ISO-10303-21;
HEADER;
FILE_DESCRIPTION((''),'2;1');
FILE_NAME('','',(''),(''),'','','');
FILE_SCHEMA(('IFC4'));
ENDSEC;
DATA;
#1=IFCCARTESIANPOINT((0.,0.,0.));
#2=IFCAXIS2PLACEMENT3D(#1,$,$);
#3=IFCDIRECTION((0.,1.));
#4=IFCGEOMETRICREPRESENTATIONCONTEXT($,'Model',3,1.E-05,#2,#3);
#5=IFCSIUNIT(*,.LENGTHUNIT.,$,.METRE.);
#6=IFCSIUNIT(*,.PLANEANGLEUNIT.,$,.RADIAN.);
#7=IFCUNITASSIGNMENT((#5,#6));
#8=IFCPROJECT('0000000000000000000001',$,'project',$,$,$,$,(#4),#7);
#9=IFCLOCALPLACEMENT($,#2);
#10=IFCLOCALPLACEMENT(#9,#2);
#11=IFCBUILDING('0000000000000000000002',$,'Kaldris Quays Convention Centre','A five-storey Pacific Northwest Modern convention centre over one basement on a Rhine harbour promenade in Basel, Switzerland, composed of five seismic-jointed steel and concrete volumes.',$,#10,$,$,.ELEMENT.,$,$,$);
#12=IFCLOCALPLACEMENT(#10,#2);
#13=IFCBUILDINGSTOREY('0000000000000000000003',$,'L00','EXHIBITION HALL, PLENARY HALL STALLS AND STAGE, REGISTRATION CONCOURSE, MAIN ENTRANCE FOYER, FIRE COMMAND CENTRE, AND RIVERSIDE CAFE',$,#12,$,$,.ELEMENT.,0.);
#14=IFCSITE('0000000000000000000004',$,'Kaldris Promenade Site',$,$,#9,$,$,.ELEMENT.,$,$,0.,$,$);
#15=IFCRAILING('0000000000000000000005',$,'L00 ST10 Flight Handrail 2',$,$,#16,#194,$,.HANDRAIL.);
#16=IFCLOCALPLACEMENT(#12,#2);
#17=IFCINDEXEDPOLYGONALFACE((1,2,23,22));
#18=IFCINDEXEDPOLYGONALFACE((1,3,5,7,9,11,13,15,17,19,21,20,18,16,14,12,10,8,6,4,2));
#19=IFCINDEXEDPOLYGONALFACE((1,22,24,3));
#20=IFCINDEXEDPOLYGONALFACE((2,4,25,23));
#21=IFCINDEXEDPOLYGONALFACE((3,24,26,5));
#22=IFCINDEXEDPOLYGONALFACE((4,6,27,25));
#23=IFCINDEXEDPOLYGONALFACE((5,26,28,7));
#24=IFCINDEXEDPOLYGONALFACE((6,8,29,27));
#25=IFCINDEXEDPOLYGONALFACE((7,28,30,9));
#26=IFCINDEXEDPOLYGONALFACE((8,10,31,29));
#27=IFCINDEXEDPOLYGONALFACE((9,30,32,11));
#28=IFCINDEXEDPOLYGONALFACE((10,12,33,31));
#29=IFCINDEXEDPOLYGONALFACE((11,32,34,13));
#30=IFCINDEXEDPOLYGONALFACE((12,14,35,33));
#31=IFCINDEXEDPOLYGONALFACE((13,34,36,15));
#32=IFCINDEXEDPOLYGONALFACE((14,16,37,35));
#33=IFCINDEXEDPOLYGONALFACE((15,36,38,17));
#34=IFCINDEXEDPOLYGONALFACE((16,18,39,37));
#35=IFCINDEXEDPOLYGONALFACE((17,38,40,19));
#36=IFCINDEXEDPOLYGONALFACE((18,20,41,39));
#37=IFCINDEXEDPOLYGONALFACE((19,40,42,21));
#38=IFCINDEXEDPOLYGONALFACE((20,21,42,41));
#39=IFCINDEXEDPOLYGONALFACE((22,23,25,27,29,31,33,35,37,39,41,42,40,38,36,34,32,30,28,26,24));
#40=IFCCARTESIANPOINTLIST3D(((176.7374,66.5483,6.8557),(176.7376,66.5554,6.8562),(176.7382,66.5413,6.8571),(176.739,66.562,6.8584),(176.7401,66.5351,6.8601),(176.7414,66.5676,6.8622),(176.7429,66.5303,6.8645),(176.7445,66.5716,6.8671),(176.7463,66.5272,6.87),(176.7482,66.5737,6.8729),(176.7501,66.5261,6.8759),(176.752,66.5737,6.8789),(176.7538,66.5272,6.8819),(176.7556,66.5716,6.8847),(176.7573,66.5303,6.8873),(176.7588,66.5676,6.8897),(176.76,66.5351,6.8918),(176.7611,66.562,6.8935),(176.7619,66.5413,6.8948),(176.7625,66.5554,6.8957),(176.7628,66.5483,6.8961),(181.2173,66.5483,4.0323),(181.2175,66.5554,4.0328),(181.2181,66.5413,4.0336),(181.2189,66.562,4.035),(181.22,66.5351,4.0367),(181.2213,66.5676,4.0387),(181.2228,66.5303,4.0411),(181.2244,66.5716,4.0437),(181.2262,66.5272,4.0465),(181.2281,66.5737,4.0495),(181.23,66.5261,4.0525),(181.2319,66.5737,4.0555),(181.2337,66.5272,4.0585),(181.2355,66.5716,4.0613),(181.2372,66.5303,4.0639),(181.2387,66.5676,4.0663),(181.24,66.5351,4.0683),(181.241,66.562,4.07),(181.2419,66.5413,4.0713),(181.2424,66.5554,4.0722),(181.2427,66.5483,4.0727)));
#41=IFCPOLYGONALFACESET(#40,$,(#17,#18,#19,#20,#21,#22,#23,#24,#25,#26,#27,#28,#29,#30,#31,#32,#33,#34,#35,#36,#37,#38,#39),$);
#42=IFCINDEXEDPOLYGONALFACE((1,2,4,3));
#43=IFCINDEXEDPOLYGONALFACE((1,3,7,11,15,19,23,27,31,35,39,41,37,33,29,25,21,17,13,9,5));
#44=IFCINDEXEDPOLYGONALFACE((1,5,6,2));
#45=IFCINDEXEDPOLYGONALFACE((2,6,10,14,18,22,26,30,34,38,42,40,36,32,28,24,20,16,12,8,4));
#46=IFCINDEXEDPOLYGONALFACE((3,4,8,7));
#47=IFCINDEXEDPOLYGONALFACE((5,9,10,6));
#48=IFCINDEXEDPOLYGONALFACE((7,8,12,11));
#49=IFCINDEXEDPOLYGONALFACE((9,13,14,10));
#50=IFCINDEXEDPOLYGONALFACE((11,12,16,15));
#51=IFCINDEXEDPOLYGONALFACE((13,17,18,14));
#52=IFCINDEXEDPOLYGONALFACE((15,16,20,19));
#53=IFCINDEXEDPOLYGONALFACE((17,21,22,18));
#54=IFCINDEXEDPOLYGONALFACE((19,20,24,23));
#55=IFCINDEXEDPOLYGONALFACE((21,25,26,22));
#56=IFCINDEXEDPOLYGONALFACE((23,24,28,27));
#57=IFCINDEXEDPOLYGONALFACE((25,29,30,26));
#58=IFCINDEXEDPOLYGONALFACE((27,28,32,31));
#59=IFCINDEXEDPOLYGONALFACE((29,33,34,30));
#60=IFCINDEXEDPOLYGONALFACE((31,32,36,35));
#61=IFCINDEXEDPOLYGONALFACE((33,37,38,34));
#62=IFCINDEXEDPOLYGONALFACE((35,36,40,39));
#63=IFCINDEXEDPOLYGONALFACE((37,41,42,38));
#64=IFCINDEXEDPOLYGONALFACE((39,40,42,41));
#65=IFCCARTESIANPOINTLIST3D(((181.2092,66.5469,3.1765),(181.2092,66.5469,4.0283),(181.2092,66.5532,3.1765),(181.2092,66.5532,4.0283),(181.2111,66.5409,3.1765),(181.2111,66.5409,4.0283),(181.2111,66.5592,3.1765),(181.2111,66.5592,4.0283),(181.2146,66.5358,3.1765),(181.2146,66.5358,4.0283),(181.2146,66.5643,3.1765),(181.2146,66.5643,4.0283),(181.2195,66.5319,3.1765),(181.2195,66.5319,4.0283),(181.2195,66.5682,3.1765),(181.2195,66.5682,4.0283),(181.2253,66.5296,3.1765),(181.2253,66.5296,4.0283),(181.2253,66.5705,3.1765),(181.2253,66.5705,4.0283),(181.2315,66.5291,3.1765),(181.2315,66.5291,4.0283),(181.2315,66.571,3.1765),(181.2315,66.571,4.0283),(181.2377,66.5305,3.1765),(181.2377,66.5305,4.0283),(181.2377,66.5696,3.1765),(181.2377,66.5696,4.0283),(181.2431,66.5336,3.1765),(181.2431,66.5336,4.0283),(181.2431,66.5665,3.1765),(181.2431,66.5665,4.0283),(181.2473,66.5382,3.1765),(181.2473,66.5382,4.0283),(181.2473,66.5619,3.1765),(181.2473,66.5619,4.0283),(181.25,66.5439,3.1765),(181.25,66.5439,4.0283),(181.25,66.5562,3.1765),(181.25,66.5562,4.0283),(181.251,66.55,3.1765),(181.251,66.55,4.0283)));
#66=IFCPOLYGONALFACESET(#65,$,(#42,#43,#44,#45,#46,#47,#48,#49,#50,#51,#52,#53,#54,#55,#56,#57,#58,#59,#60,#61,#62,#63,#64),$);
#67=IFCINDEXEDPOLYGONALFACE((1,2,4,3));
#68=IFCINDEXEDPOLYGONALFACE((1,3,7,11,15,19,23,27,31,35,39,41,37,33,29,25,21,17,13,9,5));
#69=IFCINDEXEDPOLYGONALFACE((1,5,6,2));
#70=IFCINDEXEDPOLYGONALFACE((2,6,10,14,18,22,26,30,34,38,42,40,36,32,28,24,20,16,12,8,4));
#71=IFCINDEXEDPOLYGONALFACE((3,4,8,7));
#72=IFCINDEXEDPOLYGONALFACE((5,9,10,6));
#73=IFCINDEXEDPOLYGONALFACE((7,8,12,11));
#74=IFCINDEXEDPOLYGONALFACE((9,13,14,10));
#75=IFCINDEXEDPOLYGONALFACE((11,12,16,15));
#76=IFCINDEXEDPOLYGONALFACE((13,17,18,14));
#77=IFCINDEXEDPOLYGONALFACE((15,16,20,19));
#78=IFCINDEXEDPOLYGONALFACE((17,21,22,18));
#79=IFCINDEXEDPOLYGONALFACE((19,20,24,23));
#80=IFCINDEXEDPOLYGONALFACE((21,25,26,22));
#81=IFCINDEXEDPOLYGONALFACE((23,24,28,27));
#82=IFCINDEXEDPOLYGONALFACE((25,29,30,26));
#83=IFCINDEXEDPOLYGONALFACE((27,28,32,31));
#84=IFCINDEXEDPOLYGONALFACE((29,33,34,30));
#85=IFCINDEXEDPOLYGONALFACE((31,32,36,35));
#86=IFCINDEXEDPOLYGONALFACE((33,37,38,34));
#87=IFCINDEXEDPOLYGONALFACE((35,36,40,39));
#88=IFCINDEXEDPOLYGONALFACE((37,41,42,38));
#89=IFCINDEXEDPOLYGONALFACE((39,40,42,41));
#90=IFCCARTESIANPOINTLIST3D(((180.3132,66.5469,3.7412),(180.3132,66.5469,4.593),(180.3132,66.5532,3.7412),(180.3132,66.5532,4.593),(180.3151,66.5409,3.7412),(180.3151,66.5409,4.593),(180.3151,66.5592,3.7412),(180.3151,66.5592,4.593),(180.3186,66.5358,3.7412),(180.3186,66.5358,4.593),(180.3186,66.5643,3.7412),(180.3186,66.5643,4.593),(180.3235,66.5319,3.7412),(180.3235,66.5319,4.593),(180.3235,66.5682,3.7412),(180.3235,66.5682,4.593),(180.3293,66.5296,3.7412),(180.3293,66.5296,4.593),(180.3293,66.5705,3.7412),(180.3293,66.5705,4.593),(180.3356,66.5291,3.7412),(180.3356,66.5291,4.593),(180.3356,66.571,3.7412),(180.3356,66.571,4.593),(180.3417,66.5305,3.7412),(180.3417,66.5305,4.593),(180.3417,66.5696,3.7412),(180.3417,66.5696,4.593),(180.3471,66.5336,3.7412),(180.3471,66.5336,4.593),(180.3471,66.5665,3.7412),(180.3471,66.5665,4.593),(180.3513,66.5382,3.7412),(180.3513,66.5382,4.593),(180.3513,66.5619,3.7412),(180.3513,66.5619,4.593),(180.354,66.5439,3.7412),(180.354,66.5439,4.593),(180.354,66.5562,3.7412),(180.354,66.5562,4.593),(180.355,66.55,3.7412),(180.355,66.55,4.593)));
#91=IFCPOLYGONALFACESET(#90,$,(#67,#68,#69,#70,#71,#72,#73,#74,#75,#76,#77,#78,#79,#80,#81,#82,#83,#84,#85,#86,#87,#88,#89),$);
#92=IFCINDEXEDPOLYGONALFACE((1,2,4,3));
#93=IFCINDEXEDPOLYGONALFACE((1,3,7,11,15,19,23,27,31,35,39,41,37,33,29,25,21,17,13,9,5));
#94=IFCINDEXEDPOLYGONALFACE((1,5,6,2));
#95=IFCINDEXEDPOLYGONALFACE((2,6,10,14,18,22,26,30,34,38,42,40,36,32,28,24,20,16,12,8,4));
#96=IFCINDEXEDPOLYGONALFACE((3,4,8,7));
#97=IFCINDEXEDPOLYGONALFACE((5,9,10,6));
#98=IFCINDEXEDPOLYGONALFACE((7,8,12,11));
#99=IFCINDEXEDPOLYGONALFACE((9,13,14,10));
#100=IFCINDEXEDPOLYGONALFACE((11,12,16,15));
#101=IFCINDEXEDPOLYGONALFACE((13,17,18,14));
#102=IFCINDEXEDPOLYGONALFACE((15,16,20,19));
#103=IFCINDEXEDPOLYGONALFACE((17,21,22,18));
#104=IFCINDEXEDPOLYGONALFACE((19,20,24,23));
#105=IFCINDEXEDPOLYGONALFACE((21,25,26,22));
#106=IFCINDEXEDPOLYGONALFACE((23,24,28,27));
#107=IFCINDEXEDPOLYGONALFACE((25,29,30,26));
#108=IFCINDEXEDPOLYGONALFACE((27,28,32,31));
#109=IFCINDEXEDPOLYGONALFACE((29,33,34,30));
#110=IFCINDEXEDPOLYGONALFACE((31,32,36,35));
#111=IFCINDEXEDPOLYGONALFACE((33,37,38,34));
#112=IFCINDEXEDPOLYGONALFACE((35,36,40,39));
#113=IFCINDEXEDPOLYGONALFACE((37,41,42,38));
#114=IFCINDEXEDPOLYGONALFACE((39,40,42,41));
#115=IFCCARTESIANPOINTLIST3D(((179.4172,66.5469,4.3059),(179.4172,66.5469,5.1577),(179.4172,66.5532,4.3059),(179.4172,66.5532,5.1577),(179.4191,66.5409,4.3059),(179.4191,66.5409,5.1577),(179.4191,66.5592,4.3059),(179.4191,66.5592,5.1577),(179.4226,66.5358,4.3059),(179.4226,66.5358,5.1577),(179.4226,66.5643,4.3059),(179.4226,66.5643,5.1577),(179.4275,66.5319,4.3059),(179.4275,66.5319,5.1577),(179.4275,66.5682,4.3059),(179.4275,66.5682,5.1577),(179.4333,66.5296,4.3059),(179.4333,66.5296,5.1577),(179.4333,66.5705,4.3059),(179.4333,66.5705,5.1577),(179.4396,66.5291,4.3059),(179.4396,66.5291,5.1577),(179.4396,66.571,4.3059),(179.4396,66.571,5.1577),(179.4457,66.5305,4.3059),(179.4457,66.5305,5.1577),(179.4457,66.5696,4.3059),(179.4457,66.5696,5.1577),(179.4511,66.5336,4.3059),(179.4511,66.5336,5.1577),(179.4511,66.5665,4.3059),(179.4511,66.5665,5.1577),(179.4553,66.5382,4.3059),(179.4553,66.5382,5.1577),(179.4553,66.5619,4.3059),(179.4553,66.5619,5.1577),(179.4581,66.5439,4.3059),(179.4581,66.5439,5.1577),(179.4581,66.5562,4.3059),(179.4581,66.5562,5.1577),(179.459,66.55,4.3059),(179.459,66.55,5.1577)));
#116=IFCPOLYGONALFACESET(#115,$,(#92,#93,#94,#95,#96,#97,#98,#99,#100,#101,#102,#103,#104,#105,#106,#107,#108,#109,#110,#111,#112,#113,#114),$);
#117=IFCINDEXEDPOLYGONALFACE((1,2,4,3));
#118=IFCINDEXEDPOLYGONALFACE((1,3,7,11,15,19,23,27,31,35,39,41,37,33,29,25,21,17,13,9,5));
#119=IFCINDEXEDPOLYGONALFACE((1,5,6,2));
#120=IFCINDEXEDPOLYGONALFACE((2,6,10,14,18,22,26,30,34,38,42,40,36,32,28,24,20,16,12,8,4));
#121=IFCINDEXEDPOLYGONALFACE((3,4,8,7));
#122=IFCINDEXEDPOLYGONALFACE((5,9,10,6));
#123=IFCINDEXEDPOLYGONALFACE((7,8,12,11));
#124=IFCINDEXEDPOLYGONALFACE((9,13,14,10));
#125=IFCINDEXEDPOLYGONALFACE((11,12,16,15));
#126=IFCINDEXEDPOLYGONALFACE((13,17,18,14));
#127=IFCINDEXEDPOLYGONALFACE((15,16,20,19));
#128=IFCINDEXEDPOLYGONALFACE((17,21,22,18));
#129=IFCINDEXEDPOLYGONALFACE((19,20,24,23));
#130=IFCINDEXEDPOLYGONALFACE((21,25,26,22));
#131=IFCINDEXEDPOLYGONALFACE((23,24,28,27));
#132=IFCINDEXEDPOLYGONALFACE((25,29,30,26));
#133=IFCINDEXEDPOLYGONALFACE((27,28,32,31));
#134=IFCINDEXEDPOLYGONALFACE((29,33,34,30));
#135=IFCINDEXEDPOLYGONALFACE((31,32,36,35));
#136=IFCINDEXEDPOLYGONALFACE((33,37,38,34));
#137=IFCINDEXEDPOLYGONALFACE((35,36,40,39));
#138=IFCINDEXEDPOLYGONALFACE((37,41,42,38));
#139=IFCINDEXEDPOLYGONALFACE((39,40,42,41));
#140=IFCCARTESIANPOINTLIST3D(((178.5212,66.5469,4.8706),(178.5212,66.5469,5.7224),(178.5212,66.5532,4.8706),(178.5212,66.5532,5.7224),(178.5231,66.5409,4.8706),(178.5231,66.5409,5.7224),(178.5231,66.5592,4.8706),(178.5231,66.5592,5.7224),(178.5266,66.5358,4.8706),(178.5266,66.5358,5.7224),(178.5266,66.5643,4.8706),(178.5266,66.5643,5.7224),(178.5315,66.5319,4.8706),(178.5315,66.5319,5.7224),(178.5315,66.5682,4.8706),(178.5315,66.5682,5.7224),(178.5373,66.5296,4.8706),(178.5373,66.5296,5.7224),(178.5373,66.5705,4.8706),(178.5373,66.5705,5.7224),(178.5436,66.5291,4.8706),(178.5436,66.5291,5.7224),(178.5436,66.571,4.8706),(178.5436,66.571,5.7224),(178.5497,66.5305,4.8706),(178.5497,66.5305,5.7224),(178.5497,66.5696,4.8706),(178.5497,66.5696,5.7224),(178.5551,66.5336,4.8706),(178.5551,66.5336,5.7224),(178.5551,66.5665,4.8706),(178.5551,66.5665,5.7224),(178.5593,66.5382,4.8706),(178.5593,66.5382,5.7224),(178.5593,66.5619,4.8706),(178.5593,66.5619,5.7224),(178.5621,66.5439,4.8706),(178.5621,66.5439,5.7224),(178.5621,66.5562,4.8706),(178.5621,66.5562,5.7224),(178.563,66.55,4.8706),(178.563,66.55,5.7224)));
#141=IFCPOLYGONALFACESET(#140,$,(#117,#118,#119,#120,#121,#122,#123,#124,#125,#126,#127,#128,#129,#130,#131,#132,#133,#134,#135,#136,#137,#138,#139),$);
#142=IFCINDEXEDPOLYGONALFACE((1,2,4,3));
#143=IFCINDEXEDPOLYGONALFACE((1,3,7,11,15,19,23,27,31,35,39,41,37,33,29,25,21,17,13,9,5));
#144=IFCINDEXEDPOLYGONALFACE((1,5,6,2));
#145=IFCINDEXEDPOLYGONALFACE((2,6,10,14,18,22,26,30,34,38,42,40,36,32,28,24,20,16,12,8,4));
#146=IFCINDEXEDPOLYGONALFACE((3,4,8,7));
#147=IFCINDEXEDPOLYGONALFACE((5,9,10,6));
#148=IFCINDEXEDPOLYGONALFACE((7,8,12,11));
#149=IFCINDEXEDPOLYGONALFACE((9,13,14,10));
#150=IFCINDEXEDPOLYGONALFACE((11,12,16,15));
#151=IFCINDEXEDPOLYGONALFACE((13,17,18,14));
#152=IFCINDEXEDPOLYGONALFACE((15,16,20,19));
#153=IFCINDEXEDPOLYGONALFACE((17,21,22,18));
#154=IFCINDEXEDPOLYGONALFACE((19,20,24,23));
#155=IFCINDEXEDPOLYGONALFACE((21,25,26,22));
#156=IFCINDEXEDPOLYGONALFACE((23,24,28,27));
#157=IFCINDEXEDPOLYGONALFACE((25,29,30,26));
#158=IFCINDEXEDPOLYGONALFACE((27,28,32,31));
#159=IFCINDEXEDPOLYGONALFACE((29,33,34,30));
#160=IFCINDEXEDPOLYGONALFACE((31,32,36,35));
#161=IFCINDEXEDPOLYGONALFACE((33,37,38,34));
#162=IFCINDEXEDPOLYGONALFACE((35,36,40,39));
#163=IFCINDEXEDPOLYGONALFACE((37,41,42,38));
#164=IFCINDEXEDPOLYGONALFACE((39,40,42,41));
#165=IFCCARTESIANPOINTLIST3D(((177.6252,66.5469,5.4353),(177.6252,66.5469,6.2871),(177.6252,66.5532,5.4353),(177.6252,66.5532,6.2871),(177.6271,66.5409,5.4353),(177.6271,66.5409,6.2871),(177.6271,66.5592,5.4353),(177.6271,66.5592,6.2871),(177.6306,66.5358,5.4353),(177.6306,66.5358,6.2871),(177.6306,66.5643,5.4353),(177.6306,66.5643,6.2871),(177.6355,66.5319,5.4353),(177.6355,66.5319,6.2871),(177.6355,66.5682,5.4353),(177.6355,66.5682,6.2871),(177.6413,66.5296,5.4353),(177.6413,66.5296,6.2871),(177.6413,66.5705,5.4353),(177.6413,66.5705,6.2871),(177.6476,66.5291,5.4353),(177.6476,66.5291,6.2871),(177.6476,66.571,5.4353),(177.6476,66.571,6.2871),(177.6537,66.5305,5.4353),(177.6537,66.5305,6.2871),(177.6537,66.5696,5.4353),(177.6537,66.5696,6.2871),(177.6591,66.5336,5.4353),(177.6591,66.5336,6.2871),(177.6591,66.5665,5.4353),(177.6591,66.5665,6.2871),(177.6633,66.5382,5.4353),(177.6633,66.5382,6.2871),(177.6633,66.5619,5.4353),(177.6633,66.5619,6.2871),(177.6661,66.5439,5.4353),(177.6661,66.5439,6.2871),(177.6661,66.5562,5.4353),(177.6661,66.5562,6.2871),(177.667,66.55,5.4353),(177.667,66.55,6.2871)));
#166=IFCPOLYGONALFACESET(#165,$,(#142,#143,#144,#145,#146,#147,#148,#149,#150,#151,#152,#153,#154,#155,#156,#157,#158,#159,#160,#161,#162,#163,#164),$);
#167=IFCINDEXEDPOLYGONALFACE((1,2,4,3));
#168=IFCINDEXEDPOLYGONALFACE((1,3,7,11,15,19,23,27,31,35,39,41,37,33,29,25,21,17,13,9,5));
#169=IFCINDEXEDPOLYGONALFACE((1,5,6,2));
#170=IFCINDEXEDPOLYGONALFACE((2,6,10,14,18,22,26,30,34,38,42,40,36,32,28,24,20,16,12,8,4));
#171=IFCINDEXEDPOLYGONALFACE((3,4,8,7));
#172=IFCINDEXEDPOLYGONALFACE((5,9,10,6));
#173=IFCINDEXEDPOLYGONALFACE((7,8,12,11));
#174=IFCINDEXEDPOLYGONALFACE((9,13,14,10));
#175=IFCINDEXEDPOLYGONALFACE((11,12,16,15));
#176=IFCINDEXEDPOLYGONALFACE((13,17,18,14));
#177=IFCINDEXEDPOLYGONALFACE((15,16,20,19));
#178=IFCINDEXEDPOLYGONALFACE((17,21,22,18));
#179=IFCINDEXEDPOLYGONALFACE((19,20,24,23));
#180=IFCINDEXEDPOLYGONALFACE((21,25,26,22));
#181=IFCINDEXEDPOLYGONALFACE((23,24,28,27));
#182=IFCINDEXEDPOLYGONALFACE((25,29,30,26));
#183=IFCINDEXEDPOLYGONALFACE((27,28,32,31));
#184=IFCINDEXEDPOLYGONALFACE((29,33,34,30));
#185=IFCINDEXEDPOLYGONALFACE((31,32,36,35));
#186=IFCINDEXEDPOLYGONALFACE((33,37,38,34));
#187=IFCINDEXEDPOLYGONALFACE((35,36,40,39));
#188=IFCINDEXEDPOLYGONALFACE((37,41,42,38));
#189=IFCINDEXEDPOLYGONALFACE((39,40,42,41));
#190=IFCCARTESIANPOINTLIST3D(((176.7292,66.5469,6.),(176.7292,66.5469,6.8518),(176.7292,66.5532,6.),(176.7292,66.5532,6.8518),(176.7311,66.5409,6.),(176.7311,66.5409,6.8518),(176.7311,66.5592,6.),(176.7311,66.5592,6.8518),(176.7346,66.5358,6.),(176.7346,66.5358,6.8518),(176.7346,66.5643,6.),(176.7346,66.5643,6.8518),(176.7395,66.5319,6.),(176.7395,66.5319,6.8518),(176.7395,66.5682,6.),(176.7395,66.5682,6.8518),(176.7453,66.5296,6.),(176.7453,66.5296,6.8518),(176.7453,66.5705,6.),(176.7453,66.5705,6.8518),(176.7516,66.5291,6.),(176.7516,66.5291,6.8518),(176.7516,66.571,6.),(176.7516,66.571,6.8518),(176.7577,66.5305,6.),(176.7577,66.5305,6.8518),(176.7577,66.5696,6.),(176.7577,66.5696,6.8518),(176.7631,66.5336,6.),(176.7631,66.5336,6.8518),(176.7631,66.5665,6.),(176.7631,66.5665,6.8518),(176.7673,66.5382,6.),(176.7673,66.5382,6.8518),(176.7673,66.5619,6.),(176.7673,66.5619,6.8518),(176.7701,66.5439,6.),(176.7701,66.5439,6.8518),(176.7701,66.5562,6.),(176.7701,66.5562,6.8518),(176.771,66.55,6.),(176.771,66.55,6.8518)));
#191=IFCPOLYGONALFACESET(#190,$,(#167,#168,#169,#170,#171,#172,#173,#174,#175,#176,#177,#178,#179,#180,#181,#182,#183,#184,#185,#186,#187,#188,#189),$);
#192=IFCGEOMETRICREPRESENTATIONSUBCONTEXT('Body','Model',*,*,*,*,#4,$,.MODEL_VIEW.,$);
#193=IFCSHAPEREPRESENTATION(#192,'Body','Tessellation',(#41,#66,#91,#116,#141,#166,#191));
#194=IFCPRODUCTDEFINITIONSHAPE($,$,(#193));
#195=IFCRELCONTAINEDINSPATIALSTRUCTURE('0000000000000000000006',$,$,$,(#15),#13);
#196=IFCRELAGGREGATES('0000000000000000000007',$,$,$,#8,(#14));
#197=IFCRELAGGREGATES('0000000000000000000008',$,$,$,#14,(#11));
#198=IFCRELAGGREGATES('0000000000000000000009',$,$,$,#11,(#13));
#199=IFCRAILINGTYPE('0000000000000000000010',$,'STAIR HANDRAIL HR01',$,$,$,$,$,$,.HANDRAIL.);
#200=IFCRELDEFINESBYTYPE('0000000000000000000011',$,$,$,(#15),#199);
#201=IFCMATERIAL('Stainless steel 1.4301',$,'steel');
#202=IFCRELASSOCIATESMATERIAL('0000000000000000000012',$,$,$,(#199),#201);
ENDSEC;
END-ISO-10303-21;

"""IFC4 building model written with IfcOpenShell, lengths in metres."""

from ifc_helpers import new_model, si_unit, direction, frame, origin, origin_2d, place, context, subcontext, project, spatial, circle, extrude, material, type_object, element, save


model = new_model("IFC4")

# Units and contexts
model_context = context("Model", 3, precision=1e-05, world=origin(), true_north=direction((0.0, 1.0)))
body_context = subcontext(model_context, "Body", "Model", "MODEL_VIEW")
ifc_project = project(units=[si_unit("LENGTHUNIT", "METRE"), si_unit("PLANEANGLEUNIT", "RADIAN")], contexts=[model_context])

# Site, building, storey
site_placement = place(None, origin())
site = spatial("IfcSite", under=ifc_project, at=site_placement, Name="Kaldris Promenade Site", CompositionType="ELEMENT", RefElevation=0.0)
building_placement = place(site_placement, origin())
building = spatial("IfcBuilding", under=site, at=building_placement, Name="Kaldris Quays Convention Centre", Description="A five-storey Pacific Northwest Modern convention centre over one basement on a Rhine harbour promenade in Basel, Switzerland, composed of five seismic-jointed steel and concrete volumes.", CompositionType="ELEMENT")
storey_placement = place(building_placement, origin())
storey = spatial("IfcBuildingStorey", under=building, at=storey_placement, Name="L00", Description="EXHIBITION HALL, PLENARY HALL STALLS AND STAGE, REGISTRATION CONCOURSE, MAIN ENTRANCE FOYER, FIRE COMMAND CENTRE, AND RIVERSIDE CAFE", CompositionType="ELEMENT", Elevation=0.0)

# Railing
ifc_material_1 = material(Name="Stainless steel 1.4301", Category="steel")
railing_type_1 = type_object("IfcRailingType", Name="STAIR HANDRAIL HR01", PredefinedType="HANDRAIL", material=ifc_material_1)
railing_1_placement = place(storey_placement, frame((181.23, 66.55, 3.1765)))
element("IfcRailing", 1, at=railing_1_placement, inside=storey, type_object=railing_type_1, Name="L00 ST10 Flight Handrail 2", PredefinedType="HANDRAIL", context=body_context, shape_type="SweptSolid", body=[
    extrude(circle(Radius=0.0239, at=origin_2d()), frame((0.0, 0.0, 0.876), z_axis=(-0.845998, 0.0, 0.533186), x_axis=(0.0, -1.0, 0.0)), (0.0, 0.0, 1.0), 5.2954),
    extrude(circle(Radius=0.021, at=origin_2d()), origin(), (0.0, 0.0, 1.0), 0.8518),
    extrude(circle(Radius=0.021, at=origin_2d()), frame((-0.896, 0.0, 0.5647)), (0.0, 0.0, 1.0), 0.8518),
    extrude(circle(Radius=0.021, at=origin_2d()), frame((-1.792, 0.0, 1.1294)), (0.0, 0.0, 1.0), 0.8518),
    extrude(circle(Radius=0.021, at=origin_2d()), frame((-2.688, 0.0, 1.6941)), (0.0, 0.0, 1.0), 0.8518),
    extrude(circle(Radius=0.021, at=origin_2d()), frame((-3.584, 0.0, 2.2588)), (0.0, 0.0, 1.0), 0.8518),
    extrude(circle(Radius=0.021, at=origin_2d()), frame((-4.48, 0.0, 2.8235)), (0.0, 0.0, 1.0), 0.8518),
])

save(model, "model.ifc")
